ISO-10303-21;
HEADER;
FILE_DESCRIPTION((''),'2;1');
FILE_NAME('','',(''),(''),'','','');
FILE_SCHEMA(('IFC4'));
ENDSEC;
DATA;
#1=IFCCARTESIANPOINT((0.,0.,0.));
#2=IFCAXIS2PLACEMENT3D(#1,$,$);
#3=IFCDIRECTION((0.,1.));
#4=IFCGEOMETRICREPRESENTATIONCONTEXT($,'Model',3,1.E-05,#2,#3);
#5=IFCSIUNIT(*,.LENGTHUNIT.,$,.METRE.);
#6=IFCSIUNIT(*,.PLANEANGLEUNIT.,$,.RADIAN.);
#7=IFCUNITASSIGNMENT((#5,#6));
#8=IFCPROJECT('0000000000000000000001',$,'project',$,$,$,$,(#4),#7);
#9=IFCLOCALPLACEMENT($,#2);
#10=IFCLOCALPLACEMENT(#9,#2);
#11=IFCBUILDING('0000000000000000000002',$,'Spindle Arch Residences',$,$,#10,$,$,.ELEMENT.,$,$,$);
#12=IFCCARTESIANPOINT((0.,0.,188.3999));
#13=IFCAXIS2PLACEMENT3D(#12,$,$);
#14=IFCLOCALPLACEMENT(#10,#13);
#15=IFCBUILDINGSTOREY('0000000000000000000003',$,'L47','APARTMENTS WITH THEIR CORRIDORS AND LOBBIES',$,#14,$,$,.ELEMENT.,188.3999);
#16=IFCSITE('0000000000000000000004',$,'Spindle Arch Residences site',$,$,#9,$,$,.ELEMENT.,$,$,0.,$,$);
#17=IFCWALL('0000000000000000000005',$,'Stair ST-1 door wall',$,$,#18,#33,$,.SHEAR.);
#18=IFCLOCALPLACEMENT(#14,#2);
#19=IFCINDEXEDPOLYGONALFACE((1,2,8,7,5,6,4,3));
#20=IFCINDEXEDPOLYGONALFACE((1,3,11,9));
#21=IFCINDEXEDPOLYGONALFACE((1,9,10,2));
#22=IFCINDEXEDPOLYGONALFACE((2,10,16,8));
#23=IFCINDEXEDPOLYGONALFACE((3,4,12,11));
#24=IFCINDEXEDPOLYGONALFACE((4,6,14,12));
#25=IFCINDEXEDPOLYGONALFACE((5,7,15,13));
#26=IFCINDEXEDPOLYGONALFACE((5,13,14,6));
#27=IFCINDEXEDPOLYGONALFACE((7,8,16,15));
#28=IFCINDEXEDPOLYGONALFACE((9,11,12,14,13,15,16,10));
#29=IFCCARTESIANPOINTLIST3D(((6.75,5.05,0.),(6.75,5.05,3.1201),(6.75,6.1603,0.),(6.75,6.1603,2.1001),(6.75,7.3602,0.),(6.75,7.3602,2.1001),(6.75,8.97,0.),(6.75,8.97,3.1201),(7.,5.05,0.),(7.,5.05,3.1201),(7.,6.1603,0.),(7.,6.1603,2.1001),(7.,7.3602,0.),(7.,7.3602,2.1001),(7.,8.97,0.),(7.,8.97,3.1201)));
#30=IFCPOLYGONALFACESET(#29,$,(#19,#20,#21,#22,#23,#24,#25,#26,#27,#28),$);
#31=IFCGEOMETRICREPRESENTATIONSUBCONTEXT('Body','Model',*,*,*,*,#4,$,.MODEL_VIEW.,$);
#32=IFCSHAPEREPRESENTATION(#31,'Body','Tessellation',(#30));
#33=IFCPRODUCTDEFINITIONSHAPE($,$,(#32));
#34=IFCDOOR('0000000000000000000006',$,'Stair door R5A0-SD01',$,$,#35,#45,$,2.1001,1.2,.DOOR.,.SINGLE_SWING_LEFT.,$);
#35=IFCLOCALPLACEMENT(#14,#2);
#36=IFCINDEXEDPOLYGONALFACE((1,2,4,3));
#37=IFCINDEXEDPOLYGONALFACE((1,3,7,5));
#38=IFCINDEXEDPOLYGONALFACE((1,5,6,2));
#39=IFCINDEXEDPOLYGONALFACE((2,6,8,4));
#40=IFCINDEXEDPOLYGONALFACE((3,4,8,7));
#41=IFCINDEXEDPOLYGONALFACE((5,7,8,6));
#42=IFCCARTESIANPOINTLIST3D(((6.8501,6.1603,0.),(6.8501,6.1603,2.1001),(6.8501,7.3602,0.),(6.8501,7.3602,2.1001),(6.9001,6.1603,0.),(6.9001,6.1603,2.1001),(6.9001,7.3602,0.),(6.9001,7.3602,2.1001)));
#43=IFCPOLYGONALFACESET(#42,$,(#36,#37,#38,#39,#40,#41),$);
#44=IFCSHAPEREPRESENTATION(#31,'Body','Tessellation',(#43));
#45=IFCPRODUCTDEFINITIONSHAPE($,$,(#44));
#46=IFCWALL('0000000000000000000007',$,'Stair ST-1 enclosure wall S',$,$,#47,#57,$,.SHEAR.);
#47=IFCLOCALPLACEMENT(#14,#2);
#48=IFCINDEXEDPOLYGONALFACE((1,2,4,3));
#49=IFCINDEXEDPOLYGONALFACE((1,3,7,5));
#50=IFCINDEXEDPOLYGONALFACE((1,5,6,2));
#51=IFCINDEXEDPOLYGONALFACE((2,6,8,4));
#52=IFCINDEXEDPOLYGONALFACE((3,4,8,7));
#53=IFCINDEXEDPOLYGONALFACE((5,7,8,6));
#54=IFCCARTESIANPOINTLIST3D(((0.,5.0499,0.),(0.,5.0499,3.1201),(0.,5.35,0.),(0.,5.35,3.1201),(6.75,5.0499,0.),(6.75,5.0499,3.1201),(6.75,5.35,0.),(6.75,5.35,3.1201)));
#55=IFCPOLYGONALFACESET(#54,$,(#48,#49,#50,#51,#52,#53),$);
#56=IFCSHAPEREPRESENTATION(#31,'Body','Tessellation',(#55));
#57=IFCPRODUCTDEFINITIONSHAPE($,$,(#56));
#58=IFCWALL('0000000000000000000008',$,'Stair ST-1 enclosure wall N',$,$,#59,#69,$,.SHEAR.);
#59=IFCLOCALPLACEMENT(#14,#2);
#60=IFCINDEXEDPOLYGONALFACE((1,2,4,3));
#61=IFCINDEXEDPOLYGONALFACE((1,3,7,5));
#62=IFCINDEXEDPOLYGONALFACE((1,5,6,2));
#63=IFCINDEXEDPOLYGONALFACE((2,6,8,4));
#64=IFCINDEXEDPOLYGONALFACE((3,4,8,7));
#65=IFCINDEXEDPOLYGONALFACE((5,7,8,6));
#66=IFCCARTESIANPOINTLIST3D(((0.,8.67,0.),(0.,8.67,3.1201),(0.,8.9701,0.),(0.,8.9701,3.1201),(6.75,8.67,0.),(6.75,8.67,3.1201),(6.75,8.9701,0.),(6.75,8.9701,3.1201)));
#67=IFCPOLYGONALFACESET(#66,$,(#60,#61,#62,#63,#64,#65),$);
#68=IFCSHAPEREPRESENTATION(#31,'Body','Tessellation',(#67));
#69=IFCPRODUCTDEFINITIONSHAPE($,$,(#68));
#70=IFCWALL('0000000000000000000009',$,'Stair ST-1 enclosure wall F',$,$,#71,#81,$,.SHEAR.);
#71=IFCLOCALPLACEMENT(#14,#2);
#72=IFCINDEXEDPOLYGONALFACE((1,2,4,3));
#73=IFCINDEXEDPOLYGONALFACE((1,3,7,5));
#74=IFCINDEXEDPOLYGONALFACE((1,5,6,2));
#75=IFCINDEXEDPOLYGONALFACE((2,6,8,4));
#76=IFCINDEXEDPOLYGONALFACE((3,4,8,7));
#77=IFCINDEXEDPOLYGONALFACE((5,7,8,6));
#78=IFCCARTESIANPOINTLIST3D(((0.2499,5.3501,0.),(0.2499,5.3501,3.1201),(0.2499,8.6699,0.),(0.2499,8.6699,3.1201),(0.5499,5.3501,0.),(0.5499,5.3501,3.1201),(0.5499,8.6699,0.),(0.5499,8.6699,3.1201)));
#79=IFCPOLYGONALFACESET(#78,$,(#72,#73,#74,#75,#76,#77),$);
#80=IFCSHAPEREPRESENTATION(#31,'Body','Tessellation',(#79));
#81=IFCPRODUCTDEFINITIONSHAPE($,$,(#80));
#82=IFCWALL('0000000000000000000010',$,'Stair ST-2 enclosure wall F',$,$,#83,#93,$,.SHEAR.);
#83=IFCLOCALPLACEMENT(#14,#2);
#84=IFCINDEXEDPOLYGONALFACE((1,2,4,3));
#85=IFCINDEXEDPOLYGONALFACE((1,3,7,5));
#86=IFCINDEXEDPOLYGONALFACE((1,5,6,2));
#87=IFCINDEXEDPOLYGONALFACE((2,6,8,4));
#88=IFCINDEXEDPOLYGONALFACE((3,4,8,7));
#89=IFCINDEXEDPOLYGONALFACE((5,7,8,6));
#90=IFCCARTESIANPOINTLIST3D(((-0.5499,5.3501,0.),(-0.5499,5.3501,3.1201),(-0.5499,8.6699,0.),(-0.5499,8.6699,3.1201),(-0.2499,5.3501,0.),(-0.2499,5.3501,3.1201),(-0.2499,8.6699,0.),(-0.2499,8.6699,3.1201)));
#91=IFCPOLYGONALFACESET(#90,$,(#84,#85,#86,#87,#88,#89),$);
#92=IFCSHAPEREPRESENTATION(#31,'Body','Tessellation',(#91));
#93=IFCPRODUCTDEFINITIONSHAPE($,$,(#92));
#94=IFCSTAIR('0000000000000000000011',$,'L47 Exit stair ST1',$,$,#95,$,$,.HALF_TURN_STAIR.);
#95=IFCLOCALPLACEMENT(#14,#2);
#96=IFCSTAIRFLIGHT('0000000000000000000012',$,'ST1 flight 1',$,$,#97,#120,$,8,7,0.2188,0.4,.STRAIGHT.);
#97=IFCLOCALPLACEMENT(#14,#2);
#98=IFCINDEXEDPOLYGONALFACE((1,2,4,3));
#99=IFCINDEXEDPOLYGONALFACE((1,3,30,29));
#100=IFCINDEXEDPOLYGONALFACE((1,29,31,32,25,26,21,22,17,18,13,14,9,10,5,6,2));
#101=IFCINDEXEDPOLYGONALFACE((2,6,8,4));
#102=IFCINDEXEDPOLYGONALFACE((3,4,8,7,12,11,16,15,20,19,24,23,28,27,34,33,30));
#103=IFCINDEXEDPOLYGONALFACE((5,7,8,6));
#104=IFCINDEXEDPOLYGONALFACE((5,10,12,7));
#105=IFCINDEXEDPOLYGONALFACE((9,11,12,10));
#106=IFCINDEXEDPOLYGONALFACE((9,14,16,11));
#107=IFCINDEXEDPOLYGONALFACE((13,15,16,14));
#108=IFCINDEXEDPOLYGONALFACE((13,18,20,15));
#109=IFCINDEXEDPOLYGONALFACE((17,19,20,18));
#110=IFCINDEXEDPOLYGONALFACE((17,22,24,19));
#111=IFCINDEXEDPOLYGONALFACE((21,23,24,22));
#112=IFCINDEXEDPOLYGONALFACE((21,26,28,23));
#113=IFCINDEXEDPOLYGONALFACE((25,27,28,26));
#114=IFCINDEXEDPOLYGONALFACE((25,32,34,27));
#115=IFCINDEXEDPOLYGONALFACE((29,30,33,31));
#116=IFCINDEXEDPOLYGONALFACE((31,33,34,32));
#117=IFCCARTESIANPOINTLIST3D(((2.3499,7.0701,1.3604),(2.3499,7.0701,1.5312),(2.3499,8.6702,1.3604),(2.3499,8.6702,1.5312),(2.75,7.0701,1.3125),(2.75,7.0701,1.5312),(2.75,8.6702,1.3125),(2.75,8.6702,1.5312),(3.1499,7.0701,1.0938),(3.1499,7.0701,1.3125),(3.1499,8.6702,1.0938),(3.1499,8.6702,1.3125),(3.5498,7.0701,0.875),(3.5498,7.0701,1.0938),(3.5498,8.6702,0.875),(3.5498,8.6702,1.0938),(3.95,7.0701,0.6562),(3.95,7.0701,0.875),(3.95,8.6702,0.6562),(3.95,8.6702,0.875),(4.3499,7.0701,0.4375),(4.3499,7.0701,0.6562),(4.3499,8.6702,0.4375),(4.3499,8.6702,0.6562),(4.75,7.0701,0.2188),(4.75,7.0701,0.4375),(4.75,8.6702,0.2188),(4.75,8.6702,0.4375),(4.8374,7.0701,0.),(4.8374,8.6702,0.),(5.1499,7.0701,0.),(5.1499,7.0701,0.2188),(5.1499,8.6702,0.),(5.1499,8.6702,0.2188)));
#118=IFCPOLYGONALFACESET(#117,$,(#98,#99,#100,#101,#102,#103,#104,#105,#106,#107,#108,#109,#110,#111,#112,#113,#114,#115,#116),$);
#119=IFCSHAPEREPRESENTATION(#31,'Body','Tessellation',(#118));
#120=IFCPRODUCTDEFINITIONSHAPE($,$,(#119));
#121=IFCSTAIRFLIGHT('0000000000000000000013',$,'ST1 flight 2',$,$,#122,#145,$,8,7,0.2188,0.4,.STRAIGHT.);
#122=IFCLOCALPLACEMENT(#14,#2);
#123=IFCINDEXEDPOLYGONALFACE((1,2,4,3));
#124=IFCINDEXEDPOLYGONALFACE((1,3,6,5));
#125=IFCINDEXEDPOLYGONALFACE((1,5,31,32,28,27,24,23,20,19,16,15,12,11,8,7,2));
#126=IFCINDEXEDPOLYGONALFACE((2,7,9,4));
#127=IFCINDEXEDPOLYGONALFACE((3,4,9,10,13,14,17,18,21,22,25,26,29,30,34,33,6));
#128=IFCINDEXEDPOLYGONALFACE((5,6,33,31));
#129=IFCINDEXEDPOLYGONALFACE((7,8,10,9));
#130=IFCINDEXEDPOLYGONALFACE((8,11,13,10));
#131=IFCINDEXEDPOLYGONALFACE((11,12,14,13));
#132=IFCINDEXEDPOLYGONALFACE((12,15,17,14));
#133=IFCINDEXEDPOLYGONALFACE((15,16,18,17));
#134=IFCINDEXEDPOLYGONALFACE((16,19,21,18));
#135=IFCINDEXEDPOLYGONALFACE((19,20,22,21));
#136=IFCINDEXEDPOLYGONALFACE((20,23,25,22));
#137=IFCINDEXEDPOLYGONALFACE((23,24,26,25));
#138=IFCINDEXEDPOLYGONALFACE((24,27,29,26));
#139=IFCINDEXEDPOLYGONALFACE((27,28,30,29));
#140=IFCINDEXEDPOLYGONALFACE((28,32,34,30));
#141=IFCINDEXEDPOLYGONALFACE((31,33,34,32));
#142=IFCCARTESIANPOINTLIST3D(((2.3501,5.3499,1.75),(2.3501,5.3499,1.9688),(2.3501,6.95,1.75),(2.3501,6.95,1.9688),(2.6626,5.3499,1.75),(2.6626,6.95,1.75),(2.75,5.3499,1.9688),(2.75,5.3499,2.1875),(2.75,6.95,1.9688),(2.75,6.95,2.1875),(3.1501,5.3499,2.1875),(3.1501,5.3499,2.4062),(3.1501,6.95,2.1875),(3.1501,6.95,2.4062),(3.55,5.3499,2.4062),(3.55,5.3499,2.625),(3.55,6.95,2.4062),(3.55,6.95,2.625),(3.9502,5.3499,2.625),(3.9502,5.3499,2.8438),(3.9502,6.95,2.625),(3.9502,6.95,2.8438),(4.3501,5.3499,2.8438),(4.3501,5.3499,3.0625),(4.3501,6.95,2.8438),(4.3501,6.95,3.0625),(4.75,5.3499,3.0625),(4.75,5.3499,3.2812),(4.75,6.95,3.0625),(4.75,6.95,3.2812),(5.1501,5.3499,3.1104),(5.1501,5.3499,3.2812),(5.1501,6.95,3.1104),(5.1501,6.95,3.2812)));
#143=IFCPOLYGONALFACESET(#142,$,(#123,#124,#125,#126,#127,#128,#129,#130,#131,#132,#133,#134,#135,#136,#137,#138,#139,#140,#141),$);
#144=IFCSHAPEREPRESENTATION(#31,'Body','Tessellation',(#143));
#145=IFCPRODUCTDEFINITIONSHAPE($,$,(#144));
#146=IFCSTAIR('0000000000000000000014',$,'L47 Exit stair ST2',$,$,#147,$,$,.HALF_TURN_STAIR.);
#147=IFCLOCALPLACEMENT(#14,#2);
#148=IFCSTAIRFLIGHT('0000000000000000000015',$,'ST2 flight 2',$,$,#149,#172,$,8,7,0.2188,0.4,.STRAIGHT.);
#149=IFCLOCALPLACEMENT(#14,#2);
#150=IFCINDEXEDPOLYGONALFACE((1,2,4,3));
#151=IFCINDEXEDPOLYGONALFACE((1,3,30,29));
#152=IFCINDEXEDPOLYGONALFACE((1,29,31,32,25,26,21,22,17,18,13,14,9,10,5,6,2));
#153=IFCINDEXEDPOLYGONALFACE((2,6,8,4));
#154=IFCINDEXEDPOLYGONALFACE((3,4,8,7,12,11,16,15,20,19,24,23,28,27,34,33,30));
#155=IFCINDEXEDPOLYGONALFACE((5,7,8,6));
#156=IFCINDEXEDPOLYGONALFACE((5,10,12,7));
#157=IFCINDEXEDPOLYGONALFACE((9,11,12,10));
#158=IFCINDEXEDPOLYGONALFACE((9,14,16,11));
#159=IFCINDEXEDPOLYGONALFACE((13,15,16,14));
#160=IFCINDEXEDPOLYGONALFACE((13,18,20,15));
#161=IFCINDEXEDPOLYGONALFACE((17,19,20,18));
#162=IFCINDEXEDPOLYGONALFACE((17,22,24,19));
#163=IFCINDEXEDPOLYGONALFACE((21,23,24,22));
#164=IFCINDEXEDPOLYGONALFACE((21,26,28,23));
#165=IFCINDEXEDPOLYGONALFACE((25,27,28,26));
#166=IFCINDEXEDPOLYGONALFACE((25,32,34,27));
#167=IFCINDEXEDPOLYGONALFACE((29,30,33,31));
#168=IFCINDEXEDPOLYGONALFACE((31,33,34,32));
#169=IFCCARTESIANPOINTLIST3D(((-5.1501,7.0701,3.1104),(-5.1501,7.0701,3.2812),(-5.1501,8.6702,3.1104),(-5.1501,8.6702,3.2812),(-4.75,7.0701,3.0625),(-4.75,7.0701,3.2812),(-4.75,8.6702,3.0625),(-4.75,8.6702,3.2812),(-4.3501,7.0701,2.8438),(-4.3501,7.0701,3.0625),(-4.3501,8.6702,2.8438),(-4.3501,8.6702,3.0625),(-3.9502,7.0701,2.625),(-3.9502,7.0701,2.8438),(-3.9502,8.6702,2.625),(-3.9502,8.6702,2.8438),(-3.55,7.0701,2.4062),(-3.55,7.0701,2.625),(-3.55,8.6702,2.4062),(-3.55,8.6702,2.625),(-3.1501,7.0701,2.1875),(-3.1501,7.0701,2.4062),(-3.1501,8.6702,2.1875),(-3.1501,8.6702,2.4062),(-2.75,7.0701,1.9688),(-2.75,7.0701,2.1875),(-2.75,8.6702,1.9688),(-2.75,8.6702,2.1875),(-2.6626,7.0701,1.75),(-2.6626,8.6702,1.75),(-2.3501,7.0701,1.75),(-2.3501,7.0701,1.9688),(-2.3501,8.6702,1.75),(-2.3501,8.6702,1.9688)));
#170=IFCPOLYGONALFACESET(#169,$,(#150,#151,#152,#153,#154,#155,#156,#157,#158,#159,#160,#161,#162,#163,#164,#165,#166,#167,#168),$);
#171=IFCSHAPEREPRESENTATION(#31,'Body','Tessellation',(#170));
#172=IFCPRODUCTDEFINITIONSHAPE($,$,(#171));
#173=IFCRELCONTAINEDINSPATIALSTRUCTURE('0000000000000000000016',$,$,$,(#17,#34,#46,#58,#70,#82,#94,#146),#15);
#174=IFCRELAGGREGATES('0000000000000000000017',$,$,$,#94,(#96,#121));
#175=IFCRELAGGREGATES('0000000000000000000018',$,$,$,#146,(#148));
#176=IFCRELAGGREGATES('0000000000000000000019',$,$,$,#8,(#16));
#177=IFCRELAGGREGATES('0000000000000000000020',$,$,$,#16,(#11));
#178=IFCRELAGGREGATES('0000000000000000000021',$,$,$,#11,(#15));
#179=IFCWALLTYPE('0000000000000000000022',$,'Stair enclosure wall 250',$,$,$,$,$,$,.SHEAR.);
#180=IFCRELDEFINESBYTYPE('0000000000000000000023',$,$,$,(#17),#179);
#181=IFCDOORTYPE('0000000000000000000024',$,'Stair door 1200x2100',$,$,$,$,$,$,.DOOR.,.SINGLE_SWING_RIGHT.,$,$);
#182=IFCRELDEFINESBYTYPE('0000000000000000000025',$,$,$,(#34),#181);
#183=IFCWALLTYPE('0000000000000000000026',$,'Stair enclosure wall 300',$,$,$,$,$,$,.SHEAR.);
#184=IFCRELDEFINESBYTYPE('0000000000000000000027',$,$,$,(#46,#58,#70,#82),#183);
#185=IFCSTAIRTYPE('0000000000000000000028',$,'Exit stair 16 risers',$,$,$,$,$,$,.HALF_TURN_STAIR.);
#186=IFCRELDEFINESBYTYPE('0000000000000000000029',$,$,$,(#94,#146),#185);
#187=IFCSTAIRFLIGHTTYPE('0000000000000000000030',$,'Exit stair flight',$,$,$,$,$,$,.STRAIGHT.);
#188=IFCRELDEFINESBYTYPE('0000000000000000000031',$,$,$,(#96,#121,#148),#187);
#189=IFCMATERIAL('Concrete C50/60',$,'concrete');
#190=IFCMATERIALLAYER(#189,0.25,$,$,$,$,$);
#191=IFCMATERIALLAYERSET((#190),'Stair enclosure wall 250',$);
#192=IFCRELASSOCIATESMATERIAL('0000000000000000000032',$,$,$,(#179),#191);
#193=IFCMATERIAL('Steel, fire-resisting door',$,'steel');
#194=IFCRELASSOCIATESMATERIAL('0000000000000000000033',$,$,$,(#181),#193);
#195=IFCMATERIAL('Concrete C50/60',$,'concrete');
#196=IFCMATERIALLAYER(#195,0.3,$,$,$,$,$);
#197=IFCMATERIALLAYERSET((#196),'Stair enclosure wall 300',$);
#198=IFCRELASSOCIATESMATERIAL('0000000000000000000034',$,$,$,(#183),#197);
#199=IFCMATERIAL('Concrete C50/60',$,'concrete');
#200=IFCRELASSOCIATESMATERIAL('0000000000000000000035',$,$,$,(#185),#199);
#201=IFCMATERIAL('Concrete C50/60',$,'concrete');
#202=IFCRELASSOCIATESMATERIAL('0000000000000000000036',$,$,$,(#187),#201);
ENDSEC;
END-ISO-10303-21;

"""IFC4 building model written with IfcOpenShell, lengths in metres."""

from ifc_helpers import new_model, si_unit, direction, frame, frame_2d, origin, place, context, subcontext, project, spatial, polyline, rectangle, outline, extrude, material, layer, layer_set, type_object, element, fill, aggregate, save


model = new_model("IFC4")

# Units and contexts
model_context = context("Model", 3, precision=1e-05, world=origin(), true_north=direction((0.0, 1.0)))
body_context = subcontext(model_context, "Body", "Model", "MODEL_VIEW")
ifc_project = project(units=[si_unit("LENGTHUNIT", "METRE"), si_unit("PLANEANGLEUNIT", "RADIAN")], contexts=[model_context])

# Site, building, storey
site_placement = place(None, origin())
site = spatial("IfcSite", under=ifc_project, at=site_placement, Name="Spindle Arch Residences site", CompositionType="ELEMENT", RefElevation=0.0)
building_placement = place(site_placement, origin())
building = spatial("IfcBuilding", under=site, at=building_placement, Name="Spindle Arch Residences", CompositionType="ELEMENT")
storey_placement = place(building_placement, frame((0.0, 0.0, 188.3999)))
storey = spatial("IfcBuildingStorey", under=building, at=storey_placement, Name="L47", Description="APARTMENTS WITH THEIR CORRIDORS AND LOBBIES", CompositionType="ELEMENT", Elevation=188.3999)

# Wall, opening, door
ifc_material_1 = material(Name="Concrete C50/60", Category="concrete")
ifc_layer_1 = layer(ifc_material_1, 0.25)
ifc_layer_set_1 = layer_set([ifc_layer_1], Name="Stair enclosure wall 250")
wall_type_1 = type_object("IfcWallType", Name="Stair enclosure wall 250", PredefinedType="SHEAR", material=ifc_layer_set_1)
wall_1_placement = place(storey_placement, frame((6.875, 5.05, 0.0), z_axis=(0.0, 0.0, 1.0), x_axis=(0.0, 1.0, 0.0)))
wall_1 = element("IfcWall", 1, at=wall_1_placement, inside=storey, type_object=wall_type_1, Name="Stair ST-1 door wall", PredefinedType="SHEAR", context=body_context, shape_type="SweptSolid", body=[
    extrude(rectangle(XDim=3.9199, YDim=0.25, at=frame_2d((1.96, 0.0))), origin(), (0.0, 0.0, 1.0), 3.1201),
])
opening_1_placement = place(wall_1_placement, frame((1.1101, 0.0, 0.0)))
opening_1 = element("IfcOpeningElement", 2, at=opening_1_placement, cuts=wall_1, PredefinedType="OPENING", context=body_context, shape_type="SweptSolid", body=[
    extrude(rectangle(XDim=1.2, YDim=2.1001, at=frame_2d((0.6001, 1.05))), frame((0.0, 0.135, 0.0), z_axis=(0.0, -1.0, 0.0), x_axis=(1.0, 0.0, 0.0)), (0.0, 0.0, 1.0), 0.27),
])
ifc_material_2 = material(Name="Steel, fire-resisting door", Category="steel")
door_type_1 = type_object("IfcDoorType", Name="Stair door 1200x2100", OperationType="SINGLE_SWING_RIGHT", PredefinedType="DOOR", material=ifc_material_2)
door_1_placement = place(opening_1_placement, origin())
door_1 = element("IfcDoor", 3, at=door_1_placement, inside=storey, type_object=door_type_1, Name="Stair door R5A0-SD01", OperationType="SINGLE_SWING_LEFT", OverallHeight=2.1001, OverallWidth=1.2, PredefinedType="DOOR", context=body_context, shape_type="SweptSolid", body=[
    extrude(rectangle(XDim=1.2, YDim=2.1001, at=frame_2d((0.6001, 1.05))), frame((0.0, 0.0249, 0.0), z_axis=(0.0, -1.0, 0.0), x_axis=(1.0, 0.0, 0.0)), (0.0, 0.0, 1.0), 0.05),
])
fill(opening_1, door_1)

# Walls
ifc_material_3 = material(Name="Concrete C50/60", Category="concrete")
ifc_layer_2 = layer(ifc_material_3, 0.3)
ifc_layer_set_2 = layer_set([ifc_layer_2], Name="Stair enclosure wall 300")
wall_type_2 = type_object("IfcWallType", Name="Stair enclosure wall 300", PredefinedType="SHEAR", material=ifc_layer_set_2)
for number, where, z_axis, x_axis, name in (
    (4, (0.0, 5.2, 0.0), (0.0, 0.0, 1.0), (1.0, 0.0, 0.0), "Stair ST-1 enclosure wall S"),
    (5, (0.0, 8.8201, 0.0), (0.0, 0.0, 1.0), (1.0, 0.0, 0.0), "Stair ST-1 enclosure wall N"),
):
    element("IfcWall", number, at=place(storey_placement, frame(where, z_axis=z_axis, x_axis=x_axis)), inside=storey, type_object=wall_type_2, Name=name, PredefinedType="SHEAR", context=body_context, shape_type="SweptSolid", body=[
        extrude(rectangle(XDim=6.75, YDim=0.3, at=frame_2d((3.375, 0.0))), origin(), (0.0, 0.0, 1.0), 3.1201),
    ])
for number, where, z_axis, x_axis, name in (
    (6, (0.3999, 5.3501, 0.0), (0.0, 0.0, 1.0), (0.0, 1.0, 0.0), "Stair ST-1 enclosure wall F"),
    (7, (-0.3999, 5.3501, 0.0), (0.0, 0.0, 1.0), (0.0, 1.0, 0.0), "Stair ST-2 enclosure wall F"),
):
    element("IfcWall", number, at=place(storey_placement, frame(where, z_axis=z_axis, x_axis=x_axis)), inside=storey, type_object=wall_type_2, Name=name, PredefinedType="SHEAR", context=body_context, shape_type="SweptSolid", body=[
        extrude(rectangle(XDim=3.3198, YDim=0.3, at=frame_2d((1.6599, 0.0))), origin(), (0.0, 0.0, 1.0), 3.1201),
    ])

# Stair, stair flights
ifc_material_4 = material(Name="Concrete C50/60", Category="concrete")
stair_type = type_object("IfcStairType", Name="Exit stair 16 risers", PredefinedType="HALF_TURN_STAIR", material=ifc_material_4)
stair_1_placement = place(storey_placement, origin())
stair_1 = element("IfcStair", 8, at=stair_1_placement, inside=storey, type_object=stair_type, Name="L47 Exit stair ST1", PredefinedType="HALF_TURN_STAIR")
ifc_material_5 = material(Name="Concrete C50/60", Category="concrete")
stair_flight_type = type_object("IfcStairFlightType", Name="Exit stair flight", PredefinedType="STRAIGHT", material=ifc_material_5)
stair_flight_1_placement = place(storey_placement, frame((5.1499, 7.8701, 0.0), z_axis=(0.0, 0.0, 1.0), x_axis=(-1.0, 0.0, 0.0)))
stair_flight_1 = element("IfcStairFlight", 9, at=stair_flight_1_placement, type_object=stair_flight_type, Name="ST1 flight 1", NumberOfRisers=8, NumberOfTreads=7, PredefinedType="STRAIGHT", RiserHeight=0.2188, TreadLength=0.4, context=body_context, shape_type="SweptSolid", body=[
    extrude(outline(polyline([(0.0, 0.0), (0.0, 0.2188), (0.3999, 0.2188), (0.3999, 0.4375), (0.8, 0.4375), (0.8, 0.6562), (1.2, 0.6562), (1.2, 0.875), (1.6001, 0.875), (1.6001, 1.0938), (2.0, 1.0938), (2.0, 1.3125), (2.3999, 1.3125), (2.3999, 1.5312), (2.8, 1.5312), (2.8, 1.75), (2.8, 1.3604), (0.3125, 0.0), (0.0, 0.0)])), frame((0.0, 0.8, 0.0), z_axis=(0.0, -1.0, 0.0), x_axis=(1.0, 0.0, 0.0)), (0.0, 0.0, 1.0), 1.6001),
])
stair_flight_2_placement = place(storey_placement, frame((2.3501, 6.1499, 1.75), z_axis=(0.0, 0.0, 1.0), x_axis=(1.0, 0.0, 0.0)))
stair_flight_2 = element("IfcStairFlight", 10, at=stair_flight_2_placement, type_object=stair_flight_type, Name="ST1 flight 2", NumberOfRisers=8, NumberOfTreads=7, PredefinedType="STRAIGHT", RiserHeight=0.2188, TreadLength=0.4, context=body_context, shape_type="SweptSolid", body=[
    extrude(outline(polyline([(0.0, 0.0), (0.0, 0.2188), (0.3999, 0.2188), (0.3999, 0.4375), (0.8, 0.4375), (0.8, 0.6562), (1.2, 0.6562), (1.2, 0.875), (1.6001, 0.875), (1.6001, 1.0938), (2.0, 1.0938), (2.0, 1.3125), (2.3999, 1.3125), (2.3999, 1.5312), (2.8, 1.5312), (2.8, 1.75), (2.8, 1.3604), (0.3125, 0.0), (0.0, 0.0)])), frame((0.0, 0.8, 0.0), z_axis=(0.0, -1.0, 0.0), x_axis=(1.0, 0.0, 0.0)), (0.0, 0.0, 1.0), 1.6001),
])
aggregate(stair_1, [stair_flight_1, stair_flight_2])

# Stair, stair flight
stair_2_placement = place(storey_placement, origin())
stair_2 = element("IfcStair", 11, at=stair_2_placement, inside=storey, type_object=stair_type, Name="L47 Exit stair ST2", PredefinedType="HALF_TURN_STAIR")
stair_flight_3_placement = place(storey_placement, frame((-2.3501, 7.8701, 1.75), z_axis=(0.0, 0.0, 1.0), x_axis=(-1.0, 0.0, 0.0)))
stair_flight_3 = element("IfcStairFlight", 12, at=stair_flight_3_placement, type_object=stair_flight_type, Name="ST2 flight 2", NumberOfRisers=8, NumberOfTreads=7, PredefinedType="STRAIGHT", RiserHeight=0.2188, TreadLength=0.4, context=body_context, shape_type="SweptSolid", body=[
    extrude(outline(polyline([(0.0, 0.0), (0.0, 0.2188), (0.3999, 0.2188), (0.3999, 0.4375), (0.8, 0.4375), (0.8, 0.6562), (1.2, 0.6562), (1.2, 0.875), (1.6001, 0.875), (1.6001, 1.0938), (2.0, 1.0938), (2.0, 1.3125), (2.3999, 1.3125), (2.3999, 1.5312), (2.8, 1.5312), (2.8, 1.75), (2.8, 1.3604), (0.3125, 0.0), (0.0, 0.0)])), frame((0.0, 0.8, 0.0), z_axis=(0.0, -1.0, 0.0), x_axis=(1.0, 0.0, 0.0)), (0.0, 0.0, 1.0), 1.6001),
])
aggregate(stair_2, [stair_flight_3])

save(model, "model.ifc")
